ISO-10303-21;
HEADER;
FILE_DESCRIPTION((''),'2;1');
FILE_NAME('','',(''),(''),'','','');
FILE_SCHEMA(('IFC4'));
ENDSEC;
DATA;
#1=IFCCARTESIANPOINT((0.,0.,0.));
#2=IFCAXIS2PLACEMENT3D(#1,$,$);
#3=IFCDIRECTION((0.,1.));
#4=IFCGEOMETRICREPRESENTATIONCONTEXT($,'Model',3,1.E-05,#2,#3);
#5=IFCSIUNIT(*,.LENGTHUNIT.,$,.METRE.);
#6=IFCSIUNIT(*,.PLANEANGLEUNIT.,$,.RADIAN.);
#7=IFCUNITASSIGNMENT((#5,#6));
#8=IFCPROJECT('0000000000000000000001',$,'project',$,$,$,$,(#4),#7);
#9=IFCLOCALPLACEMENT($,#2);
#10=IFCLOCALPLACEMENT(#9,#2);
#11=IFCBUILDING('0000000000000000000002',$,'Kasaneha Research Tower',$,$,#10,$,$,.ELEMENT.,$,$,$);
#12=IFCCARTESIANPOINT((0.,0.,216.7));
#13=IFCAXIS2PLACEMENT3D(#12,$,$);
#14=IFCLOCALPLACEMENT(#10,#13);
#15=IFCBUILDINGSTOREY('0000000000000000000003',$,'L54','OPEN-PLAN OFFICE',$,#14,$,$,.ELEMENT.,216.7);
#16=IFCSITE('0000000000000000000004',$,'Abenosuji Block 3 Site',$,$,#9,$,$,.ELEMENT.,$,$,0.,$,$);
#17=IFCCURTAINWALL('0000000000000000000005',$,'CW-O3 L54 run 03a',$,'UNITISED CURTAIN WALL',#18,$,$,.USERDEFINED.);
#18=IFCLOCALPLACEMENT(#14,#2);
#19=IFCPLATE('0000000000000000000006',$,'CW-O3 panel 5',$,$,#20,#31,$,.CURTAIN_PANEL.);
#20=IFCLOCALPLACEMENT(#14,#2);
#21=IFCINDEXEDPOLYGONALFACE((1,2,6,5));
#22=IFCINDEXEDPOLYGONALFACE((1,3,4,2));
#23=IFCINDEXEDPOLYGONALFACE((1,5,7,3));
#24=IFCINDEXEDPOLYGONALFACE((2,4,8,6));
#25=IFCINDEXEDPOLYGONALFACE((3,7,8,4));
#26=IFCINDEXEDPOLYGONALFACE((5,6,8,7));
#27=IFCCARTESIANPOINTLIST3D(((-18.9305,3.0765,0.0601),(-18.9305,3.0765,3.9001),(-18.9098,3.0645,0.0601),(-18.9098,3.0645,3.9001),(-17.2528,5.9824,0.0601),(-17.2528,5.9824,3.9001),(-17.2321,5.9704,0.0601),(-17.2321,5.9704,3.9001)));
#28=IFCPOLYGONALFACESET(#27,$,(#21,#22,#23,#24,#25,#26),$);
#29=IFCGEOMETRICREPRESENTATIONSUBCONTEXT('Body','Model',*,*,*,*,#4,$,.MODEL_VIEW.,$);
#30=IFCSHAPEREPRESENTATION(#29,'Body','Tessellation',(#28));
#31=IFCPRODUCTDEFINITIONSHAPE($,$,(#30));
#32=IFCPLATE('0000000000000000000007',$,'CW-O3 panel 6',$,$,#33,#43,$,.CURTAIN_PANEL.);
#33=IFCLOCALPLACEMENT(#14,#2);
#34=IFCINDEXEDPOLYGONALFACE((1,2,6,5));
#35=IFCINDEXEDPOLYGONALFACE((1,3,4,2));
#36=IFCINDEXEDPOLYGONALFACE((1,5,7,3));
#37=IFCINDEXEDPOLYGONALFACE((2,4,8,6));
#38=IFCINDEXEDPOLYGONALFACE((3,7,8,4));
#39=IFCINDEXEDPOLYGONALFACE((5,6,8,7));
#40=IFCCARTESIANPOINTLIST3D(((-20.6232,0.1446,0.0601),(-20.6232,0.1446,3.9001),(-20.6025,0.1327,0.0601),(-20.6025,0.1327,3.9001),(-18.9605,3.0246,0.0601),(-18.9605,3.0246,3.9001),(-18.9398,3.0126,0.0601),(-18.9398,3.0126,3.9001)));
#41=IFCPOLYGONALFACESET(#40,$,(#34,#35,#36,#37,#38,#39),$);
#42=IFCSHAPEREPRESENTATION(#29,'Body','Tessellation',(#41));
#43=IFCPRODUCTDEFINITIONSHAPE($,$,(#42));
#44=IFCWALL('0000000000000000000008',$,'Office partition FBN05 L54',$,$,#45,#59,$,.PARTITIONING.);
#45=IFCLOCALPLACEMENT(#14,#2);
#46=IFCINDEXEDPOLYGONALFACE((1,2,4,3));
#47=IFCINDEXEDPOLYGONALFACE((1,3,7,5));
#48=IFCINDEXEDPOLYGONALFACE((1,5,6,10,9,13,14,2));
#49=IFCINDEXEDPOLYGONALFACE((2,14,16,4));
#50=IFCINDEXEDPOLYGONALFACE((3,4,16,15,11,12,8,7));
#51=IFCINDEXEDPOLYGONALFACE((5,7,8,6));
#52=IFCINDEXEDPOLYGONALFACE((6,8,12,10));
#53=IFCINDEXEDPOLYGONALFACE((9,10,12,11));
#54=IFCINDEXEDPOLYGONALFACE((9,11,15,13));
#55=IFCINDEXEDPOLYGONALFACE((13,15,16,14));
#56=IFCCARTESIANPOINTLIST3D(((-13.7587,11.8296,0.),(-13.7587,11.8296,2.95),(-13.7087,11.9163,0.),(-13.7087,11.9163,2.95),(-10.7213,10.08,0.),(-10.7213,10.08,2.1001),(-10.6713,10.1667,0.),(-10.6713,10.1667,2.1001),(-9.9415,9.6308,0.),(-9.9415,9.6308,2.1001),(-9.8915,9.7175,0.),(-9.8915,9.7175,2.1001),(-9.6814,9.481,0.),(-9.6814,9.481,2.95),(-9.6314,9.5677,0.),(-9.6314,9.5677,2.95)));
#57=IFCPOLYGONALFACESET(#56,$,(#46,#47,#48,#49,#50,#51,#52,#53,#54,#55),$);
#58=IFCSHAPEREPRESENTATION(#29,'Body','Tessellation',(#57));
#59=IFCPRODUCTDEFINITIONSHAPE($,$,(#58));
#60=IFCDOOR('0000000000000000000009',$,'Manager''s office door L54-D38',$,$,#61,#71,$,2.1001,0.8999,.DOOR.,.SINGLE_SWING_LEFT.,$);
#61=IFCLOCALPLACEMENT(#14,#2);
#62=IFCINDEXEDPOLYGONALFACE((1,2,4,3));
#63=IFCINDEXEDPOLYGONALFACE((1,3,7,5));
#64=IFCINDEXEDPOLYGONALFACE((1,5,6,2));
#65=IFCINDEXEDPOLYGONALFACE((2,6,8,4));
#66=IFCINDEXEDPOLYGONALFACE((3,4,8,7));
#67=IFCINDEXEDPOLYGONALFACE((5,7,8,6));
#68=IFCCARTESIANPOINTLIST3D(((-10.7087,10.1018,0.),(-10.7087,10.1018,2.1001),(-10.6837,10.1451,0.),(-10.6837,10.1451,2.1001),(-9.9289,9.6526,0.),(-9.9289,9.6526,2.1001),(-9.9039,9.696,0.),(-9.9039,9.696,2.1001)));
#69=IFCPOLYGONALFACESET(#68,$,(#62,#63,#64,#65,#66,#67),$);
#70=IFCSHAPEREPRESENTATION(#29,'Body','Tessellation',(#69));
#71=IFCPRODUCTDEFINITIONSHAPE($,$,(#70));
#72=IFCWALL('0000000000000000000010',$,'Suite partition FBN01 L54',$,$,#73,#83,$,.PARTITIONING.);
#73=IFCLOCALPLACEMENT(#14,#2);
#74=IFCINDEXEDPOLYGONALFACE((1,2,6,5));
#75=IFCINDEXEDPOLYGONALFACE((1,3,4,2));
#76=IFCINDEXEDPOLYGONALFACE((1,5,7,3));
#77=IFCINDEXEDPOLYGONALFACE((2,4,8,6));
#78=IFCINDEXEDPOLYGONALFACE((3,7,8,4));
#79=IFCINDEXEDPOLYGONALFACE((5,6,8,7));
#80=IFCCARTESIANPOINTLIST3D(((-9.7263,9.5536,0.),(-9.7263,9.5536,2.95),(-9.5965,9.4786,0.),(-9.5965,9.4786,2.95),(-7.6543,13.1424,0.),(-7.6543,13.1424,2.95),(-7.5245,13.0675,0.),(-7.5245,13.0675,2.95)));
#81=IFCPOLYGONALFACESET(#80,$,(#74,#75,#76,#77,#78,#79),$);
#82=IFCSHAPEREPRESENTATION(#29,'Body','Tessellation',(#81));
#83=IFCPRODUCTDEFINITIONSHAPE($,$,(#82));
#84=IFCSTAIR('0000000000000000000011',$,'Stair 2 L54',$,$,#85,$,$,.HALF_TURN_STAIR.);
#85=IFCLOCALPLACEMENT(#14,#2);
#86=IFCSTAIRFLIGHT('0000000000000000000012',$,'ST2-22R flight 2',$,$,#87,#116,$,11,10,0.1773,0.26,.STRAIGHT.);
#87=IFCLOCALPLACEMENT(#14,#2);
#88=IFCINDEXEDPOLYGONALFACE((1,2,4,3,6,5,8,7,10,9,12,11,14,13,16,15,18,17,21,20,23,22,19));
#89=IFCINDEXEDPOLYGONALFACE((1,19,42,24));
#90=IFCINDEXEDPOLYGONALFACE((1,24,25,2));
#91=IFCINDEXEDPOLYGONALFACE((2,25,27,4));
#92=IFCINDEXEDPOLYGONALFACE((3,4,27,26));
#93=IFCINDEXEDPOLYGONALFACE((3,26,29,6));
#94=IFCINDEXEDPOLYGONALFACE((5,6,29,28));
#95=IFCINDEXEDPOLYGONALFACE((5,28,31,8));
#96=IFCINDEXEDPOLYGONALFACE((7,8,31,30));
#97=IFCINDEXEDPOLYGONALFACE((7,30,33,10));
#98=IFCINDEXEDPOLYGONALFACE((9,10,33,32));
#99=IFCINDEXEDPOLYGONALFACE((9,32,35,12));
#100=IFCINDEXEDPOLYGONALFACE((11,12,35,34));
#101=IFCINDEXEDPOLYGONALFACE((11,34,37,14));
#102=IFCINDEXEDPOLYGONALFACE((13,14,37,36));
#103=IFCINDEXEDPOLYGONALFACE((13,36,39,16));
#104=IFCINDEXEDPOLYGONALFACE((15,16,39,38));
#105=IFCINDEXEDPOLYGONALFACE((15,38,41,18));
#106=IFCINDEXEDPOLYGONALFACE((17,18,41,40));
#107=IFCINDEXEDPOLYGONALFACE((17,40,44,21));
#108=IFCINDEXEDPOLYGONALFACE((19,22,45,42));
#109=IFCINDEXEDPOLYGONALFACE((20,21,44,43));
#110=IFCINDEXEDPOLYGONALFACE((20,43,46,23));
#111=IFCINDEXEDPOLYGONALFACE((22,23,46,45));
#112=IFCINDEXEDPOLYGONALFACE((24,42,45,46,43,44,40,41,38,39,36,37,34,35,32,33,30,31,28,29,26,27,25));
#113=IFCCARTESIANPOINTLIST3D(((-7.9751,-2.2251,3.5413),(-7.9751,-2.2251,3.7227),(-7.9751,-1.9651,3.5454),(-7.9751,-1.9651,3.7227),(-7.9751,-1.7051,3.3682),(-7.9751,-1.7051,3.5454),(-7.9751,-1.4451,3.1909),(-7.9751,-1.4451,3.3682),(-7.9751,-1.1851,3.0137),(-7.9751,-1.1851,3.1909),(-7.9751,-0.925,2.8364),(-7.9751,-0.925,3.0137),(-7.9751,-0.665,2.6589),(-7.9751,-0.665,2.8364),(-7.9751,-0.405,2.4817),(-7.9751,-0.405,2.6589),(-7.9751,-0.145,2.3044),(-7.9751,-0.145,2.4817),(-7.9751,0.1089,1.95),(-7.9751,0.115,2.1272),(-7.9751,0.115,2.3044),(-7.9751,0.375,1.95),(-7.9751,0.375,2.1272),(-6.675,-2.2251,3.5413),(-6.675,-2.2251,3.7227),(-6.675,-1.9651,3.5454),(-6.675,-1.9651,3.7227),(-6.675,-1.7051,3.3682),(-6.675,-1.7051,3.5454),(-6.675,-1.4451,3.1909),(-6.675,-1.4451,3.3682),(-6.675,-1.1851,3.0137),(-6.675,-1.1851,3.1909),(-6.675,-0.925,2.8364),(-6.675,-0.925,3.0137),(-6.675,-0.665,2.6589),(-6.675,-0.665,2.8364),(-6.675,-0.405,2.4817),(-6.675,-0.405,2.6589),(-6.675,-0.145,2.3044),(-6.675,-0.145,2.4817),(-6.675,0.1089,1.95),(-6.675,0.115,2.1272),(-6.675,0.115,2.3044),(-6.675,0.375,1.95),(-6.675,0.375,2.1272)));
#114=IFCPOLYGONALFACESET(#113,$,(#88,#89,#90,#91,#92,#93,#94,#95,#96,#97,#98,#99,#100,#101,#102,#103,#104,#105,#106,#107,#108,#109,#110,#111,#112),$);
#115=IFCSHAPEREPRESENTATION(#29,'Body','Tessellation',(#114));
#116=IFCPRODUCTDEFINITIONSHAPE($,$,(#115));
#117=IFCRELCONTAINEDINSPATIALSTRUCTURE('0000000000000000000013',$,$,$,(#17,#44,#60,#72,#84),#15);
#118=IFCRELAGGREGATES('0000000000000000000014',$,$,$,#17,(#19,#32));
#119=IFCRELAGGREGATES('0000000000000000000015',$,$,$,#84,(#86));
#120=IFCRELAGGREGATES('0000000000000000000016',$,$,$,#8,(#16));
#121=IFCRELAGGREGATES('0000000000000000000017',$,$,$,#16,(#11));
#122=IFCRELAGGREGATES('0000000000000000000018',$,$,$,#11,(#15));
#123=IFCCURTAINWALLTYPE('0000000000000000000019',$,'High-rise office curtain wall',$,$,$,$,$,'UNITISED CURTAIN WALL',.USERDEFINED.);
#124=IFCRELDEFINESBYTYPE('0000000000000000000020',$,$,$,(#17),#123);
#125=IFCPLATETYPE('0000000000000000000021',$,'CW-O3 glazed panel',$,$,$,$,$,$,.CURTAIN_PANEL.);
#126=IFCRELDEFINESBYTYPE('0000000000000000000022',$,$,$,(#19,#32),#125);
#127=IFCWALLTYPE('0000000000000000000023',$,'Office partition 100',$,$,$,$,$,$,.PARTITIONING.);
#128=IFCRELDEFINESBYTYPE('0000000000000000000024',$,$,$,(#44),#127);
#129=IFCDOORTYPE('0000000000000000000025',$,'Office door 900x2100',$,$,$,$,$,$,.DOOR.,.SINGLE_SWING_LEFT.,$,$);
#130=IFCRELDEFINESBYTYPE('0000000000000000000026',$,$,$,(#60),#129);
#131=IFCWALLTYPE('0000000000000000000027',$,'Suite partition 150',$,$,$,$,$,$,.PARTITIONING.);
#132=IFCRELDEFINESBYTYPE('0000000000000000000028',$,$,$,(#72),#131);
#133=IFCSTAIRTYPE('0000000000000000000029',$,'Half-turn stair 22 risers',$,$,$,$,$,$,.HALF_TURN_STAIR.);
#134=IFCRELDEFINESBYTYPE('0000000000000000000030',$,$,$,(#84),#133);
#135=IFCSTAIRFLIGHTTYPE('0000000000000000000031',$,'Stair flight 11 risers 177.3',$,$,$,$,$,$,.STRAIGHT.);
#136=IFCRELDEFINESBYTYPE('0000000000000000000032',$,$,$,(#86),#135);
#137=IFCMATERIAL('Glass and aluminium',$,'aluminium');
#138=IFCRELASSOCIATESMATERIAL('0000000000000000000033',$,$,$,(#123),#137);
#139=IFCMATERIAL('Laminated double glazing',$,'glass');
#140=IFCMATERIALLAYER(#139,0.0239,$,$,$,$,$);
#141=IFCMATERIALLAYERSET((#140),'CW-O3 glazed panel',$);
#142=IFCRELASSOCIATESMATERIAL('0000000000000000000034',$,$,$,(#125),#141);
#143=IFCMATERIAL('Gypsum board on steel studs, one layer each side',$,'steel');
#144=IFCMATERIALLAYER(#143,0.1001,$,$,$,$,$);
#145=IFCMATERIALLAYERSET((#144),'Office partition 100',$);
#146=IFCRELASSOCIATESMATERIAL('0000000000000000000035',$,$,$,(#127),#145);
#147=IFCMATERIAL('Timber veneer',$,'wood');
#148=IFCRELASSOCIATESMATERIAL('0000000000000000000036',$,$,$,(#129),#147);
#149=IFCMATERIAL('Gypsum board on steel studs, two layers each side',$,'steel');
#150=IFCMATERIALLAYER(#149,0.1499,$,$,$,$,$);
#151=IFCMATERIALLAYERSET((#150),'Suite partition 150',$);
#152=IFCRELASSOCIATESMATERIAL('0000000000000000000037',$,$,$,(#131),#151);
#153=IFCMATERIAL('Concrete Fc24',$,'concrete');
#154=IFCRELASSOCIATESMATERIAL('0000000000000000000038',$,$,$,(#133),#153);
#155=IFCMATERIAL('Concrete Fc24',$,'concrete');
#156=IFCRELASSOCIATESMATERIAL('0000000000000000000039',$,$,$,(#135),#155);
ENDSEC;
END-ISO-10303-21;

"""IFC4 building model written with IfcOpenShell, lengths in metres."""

from ifc_helpers import new_model, si_unit, direction, frame, frame_2d, origin, origin_2d, place, context, subcontext, project, spatial, polyline, rectangle, outline, extrude, material, layer, layer_set, type_object, element, fill, aggregate, save


model = new_model("IFC4")

# Units and contexts
model_context = context("Model", 3, precision=1e-05, world=origin(), true_north=direction((0.0, 1.0)))
body_context = subcontext(model_context, "Body", "Model", "MODEL_VIEW")
ifc_project = project(units=[si_unit("LENGTHUNIT", "METRE"), si_unit("PLANEANGLEUNIT", "RADIAN")], contexts=[model_context])

# Site, building, storey
site_placement = place(None, origin())
site = spatial("IfcSite", under=ifc_project, at=site_placement, Name="Abenosuji Block 3 Site", CompositionType="ELEMENT", RefElevation=0.0)
building_placement = place(site_placement, origin())
building = spatial("IfcBuilding", under=site, at=building_placement, Name="Kasaneha Research Tower", CompositionType="ELEMENT")
storey_placement = place(building_placement, frame((0.0, 0.0, 216.7)))
storey = spatial("IfcBuildingStorey", under=building, at=storey_placement, Name="L54", Description="OPEN-PLAN OFFICE", CompositionType="ELEMENT", Elevation=216.7)

# Curtain wall
ifc_material_1 = material(Name="Glass and aluminium", Category="aluminium")
curtain_wall_type = type_object("IfcCurtainWallType", Name="High-rise office curtain wall", ElementType="UNITISED CURTAIN WALL", PredefinedType="USERDEFINED", material=ifc_material_1)
curtain_wall_placement = place(storey_placement, origin())
curtain_wall = element("IfcCurtainWall", 1, at=curtain_wall_placement, inside=storey, type_object=curtain_wall_type, Name="CW-O3 L54 run 03a", ObjectType="UNITISED CURTAIN WALL", PredefinedType="USERDEFINED")

# Plates
ifc_material_2 = material(Name="Laminated double glazing", Category="glass")
ifc_layer_1 = layer(ifc_material_2, 0.0239)
ifc_layer_set_1 = layer_set([ifc_layer_1], Name="CW-O3 glazed panel")
plate_type = type_object("IfcPlateType", Name="CW-O3 glazed panel", PredefinedType="CURTAIN_PANEL", material=ifc_layer_set_1)
plate_1_placement = place(storey_placement, frame((-18.0813, 4.5234, 0.0601), z_axis=(0.0, 0.0, 1.0), x_axis=(-0.5, -0.866025, 0.0)))
plate_1 = element("IfcPlate", 2, at=plate_1_placement, type_object=plate_type, Name="CW-O3 panel 5", PredefinedType="CURTAIN_PANEL", context=body_context, shape_type="SweptSolid", body=[
    extrude(rectangle(XDim=3.3555, YDim=0.0239, at=origin_2d()), origin(), (0.0, 0.0, 1.0), 3.8401),
])
plate_2_placement = place(storey_placement, frame((-19.7815, 1.5786, 0.0601), z_axis=(0.0, 0.0, 1.0), x_axis=(-0.5, -0.866025, 0.0)))
plate_2 = element("IfcPlate", 3, at=plate_2_placement, type_object=plate_type, Name="CW-O3 panel 6", PredefinedType="CURTAIN_PANEL", context=body_context, shape_type="SweptSolid", body=[
    extrude(rectangle(XDim=3.3254, YDim=0.0239, at=origin_2d()), origin(), (0.0, 0.0, 1.0), 3.8401),
])
aggregate(curtain_wall, [plate_1, plate_2])

# Wall, opening, door
ifc_material_3 = material(Name="Gypsum board on steel studs, one layer each side", Category="steel")
ifc_layer_2 = layer(ifc_material_3, 0.1001)
ifc_layer_set_2 = layer_set([ifc_layer_2], Name="Office partition 100")
wall_type_1 = type_object("IfcWallType", Name="Office partition 100", PredefinedType="PARTITIONING", material=ifc_layer_set_2)
wall_1_placement = place(storey_placement, frame((-9.6565, 9.5244, 0.0), z_axis=(0.0, 0.0, 1.0), x_axis=(-0.866527, 0.499131, 0.0)))
wall_1 = element("IfcWall", 4, at=wall_1_placement, inside=storey, type_object=wall_type_1, Name="Office partition FBN05 L54", PredefinedType="PARTITIONING", context=body_context, shape_type="SweptSolid", body=[
    extrude(rectangle(XDim=4.7053, YDim=0.1001, at=frame_2d((2.3525, 0.0))), origin(), (0.0, 0.0, 1.0), 2.95),
])
opening_1_placement = place(wall_1_placement, frame((0.3, 0.0, 0.0)))
opening_1 = element("IfcOpeningElement", 5, at=opening_1_placement, cuts=wall_1, PredefinedType="OPENING", context=body_context, shape_type="SweptSolid", body=[
    extrude(rectangle(XDim=0.8999, YDim=2.1001, at=frame_2d((0.45, 1.05))), frame((0.0, 0.0601, 0.0), z_axis=(0.0, -1.0, 0.0), x_axis=(1.0, 0.0, 0.0)), (0.0, 0.0, 1.0), 0.1201),
])
ifc_material_4 = material(Name="Timber veneer", Category="wood")
door_type_1 = type_object("IfcDoorType", Name="Office door 900x2100", OperationType="SINGLE_SWING_LEFT", PredefinedType="DOOR", material=ifc_material_4)
door_1_placement = place(opening_1_placement, origin())
door_1 = element("IfcDoor", 6, at=door_1_placement, inside=storey, type_object=door_type_1, Name="Manager's office door L54-D38", OperationType="SINGLE_SWING_LEFT", OverallHeight=2.1001, OverallWidth=0.8999, PredefinedType="DOOR", context=body_context, shape_type="SweptSolid", body=[
    extrude(rectangle(XDim=0.8999, YDim=2.1001, at=frame_2d((0.45, 1.05))), frame((0.0, 0.0249, 0.0), z_axis=(0.0, -1.0, 0.0), x_axis=(1.0, 0.0, 0.0)), (0.0, 0.0, 1.0), 0.05),
])
fill(opening_1, door_1)

# Wall
ifc_material_5 = material(Name="Gypsum board on steel studs, two layers each side", Category="steel")
ifc_layer_3 = layer(ifc_material_5, 0.1499)
ifc_layer_set_3 = layer_set([ifc_layer_3], Name="Suite partition 150")
wall_type_2 = type_object("IfcWallType", Name="Suite partition 150", PredefinedType="PARTITIONING", material=ifc_layer_set_3)
wall_2_placement = place(storey_placement, frame((-9.6614, 9.5161, 0.0), z_axis=(0.0, 0.0, 1.0), x_axis=(0.499998, 0.866027, 0.0)))
element("IfcWall", 7, at=wall_2_placement, inside=storey, type_object=wall_type_2, Name="Suite partition FBN01 L54", PredefinedType="PARTITIONING", context=body_context, shape_type="SweptSolid", body=[
    extrude(rectangle(XDim=4.144, YDim=0.1499, at=frame_2d((2.072, 0.0))), origin(), (0.0, 0.0, 1.0), 2.95),
])

# Stair, stair flight
ifc_material_6 = material(Name="Concrete Fc24", Category="concrete")
stair_type = type_object("IfcStairType", Name="Half-turn stair 22 risers", PredefinedType="HALF_TURN_STAIR", material=ifc_material_6)
stair_placement = place(storey_placement, origin())
stair = element("IfcStair", 8, at=stair_placement, inside=storey, type_object=stair_type, Name="Stair 2 L54", PredefinedType="HALF_TURN_STAIR")
ifc_material_7 = material(Name="Concrete Fc24", Category="concrete")
stair_flight_type = type_object("IfcStairFlightType", Name="Stair flight 11 risers 177.3", PredefinedType="STRAIGHT", material=ifc_material_7)
stair_flight_placement = place(storey_placement, frame((-7.325, 0.375, 1.95), z_axis=(0.0, 0.0, 1.0), x_axis=(0.0, -1.0, 0.0)))
stair_flight = element("IfcStairFlight", 9, at=stair_flight_placement, type_object=stair_flight_type, Name="ST2-22R flight 2", NumberOfRisers=11, NumberOfTreads=10, PredefinedType="STRAIGHT", RiserHeight=0.1773, TreadLength=0.26, context=body_context, shape_type="SweptSolid", body=[
    extrude(outline(polyline([(0.0, 0.0), (0.0, 0.1772), (0.26, 0.1772), (0.26, 0.3545), (0.52, 0.3545), (0.52, 0.5317), (0.78, 0.5317), (0.78, 0.709), (1.04, 0.709), (1.04, 0.8865), (1.3, 0.8865), (1.3, 1.0637), (1.5601, 1.0637), (1.5601, 1.241), (1.8201, 1.241), (1.8201, 1.4182), (2.0801, 1.4182), (2.0801, 1.5955), (2.3401, 1.5955), (2.3401, 1.7727), (2.6001, 1.7727), (2.6001, 1.95), (2.6001, 1.5913), (0.2661, 0.0), (0.0, 0.0)])), frame((0.0, 0.6499, 0.0), z_axis=(0.0, -1.0, 0.0), x_axis=(1.0, 0.0, 0.0)), (0.0, 0.0, 1.0), 1.3),
])
aggregate(stair, [stair_flight])

save(model, "model.ifc")
